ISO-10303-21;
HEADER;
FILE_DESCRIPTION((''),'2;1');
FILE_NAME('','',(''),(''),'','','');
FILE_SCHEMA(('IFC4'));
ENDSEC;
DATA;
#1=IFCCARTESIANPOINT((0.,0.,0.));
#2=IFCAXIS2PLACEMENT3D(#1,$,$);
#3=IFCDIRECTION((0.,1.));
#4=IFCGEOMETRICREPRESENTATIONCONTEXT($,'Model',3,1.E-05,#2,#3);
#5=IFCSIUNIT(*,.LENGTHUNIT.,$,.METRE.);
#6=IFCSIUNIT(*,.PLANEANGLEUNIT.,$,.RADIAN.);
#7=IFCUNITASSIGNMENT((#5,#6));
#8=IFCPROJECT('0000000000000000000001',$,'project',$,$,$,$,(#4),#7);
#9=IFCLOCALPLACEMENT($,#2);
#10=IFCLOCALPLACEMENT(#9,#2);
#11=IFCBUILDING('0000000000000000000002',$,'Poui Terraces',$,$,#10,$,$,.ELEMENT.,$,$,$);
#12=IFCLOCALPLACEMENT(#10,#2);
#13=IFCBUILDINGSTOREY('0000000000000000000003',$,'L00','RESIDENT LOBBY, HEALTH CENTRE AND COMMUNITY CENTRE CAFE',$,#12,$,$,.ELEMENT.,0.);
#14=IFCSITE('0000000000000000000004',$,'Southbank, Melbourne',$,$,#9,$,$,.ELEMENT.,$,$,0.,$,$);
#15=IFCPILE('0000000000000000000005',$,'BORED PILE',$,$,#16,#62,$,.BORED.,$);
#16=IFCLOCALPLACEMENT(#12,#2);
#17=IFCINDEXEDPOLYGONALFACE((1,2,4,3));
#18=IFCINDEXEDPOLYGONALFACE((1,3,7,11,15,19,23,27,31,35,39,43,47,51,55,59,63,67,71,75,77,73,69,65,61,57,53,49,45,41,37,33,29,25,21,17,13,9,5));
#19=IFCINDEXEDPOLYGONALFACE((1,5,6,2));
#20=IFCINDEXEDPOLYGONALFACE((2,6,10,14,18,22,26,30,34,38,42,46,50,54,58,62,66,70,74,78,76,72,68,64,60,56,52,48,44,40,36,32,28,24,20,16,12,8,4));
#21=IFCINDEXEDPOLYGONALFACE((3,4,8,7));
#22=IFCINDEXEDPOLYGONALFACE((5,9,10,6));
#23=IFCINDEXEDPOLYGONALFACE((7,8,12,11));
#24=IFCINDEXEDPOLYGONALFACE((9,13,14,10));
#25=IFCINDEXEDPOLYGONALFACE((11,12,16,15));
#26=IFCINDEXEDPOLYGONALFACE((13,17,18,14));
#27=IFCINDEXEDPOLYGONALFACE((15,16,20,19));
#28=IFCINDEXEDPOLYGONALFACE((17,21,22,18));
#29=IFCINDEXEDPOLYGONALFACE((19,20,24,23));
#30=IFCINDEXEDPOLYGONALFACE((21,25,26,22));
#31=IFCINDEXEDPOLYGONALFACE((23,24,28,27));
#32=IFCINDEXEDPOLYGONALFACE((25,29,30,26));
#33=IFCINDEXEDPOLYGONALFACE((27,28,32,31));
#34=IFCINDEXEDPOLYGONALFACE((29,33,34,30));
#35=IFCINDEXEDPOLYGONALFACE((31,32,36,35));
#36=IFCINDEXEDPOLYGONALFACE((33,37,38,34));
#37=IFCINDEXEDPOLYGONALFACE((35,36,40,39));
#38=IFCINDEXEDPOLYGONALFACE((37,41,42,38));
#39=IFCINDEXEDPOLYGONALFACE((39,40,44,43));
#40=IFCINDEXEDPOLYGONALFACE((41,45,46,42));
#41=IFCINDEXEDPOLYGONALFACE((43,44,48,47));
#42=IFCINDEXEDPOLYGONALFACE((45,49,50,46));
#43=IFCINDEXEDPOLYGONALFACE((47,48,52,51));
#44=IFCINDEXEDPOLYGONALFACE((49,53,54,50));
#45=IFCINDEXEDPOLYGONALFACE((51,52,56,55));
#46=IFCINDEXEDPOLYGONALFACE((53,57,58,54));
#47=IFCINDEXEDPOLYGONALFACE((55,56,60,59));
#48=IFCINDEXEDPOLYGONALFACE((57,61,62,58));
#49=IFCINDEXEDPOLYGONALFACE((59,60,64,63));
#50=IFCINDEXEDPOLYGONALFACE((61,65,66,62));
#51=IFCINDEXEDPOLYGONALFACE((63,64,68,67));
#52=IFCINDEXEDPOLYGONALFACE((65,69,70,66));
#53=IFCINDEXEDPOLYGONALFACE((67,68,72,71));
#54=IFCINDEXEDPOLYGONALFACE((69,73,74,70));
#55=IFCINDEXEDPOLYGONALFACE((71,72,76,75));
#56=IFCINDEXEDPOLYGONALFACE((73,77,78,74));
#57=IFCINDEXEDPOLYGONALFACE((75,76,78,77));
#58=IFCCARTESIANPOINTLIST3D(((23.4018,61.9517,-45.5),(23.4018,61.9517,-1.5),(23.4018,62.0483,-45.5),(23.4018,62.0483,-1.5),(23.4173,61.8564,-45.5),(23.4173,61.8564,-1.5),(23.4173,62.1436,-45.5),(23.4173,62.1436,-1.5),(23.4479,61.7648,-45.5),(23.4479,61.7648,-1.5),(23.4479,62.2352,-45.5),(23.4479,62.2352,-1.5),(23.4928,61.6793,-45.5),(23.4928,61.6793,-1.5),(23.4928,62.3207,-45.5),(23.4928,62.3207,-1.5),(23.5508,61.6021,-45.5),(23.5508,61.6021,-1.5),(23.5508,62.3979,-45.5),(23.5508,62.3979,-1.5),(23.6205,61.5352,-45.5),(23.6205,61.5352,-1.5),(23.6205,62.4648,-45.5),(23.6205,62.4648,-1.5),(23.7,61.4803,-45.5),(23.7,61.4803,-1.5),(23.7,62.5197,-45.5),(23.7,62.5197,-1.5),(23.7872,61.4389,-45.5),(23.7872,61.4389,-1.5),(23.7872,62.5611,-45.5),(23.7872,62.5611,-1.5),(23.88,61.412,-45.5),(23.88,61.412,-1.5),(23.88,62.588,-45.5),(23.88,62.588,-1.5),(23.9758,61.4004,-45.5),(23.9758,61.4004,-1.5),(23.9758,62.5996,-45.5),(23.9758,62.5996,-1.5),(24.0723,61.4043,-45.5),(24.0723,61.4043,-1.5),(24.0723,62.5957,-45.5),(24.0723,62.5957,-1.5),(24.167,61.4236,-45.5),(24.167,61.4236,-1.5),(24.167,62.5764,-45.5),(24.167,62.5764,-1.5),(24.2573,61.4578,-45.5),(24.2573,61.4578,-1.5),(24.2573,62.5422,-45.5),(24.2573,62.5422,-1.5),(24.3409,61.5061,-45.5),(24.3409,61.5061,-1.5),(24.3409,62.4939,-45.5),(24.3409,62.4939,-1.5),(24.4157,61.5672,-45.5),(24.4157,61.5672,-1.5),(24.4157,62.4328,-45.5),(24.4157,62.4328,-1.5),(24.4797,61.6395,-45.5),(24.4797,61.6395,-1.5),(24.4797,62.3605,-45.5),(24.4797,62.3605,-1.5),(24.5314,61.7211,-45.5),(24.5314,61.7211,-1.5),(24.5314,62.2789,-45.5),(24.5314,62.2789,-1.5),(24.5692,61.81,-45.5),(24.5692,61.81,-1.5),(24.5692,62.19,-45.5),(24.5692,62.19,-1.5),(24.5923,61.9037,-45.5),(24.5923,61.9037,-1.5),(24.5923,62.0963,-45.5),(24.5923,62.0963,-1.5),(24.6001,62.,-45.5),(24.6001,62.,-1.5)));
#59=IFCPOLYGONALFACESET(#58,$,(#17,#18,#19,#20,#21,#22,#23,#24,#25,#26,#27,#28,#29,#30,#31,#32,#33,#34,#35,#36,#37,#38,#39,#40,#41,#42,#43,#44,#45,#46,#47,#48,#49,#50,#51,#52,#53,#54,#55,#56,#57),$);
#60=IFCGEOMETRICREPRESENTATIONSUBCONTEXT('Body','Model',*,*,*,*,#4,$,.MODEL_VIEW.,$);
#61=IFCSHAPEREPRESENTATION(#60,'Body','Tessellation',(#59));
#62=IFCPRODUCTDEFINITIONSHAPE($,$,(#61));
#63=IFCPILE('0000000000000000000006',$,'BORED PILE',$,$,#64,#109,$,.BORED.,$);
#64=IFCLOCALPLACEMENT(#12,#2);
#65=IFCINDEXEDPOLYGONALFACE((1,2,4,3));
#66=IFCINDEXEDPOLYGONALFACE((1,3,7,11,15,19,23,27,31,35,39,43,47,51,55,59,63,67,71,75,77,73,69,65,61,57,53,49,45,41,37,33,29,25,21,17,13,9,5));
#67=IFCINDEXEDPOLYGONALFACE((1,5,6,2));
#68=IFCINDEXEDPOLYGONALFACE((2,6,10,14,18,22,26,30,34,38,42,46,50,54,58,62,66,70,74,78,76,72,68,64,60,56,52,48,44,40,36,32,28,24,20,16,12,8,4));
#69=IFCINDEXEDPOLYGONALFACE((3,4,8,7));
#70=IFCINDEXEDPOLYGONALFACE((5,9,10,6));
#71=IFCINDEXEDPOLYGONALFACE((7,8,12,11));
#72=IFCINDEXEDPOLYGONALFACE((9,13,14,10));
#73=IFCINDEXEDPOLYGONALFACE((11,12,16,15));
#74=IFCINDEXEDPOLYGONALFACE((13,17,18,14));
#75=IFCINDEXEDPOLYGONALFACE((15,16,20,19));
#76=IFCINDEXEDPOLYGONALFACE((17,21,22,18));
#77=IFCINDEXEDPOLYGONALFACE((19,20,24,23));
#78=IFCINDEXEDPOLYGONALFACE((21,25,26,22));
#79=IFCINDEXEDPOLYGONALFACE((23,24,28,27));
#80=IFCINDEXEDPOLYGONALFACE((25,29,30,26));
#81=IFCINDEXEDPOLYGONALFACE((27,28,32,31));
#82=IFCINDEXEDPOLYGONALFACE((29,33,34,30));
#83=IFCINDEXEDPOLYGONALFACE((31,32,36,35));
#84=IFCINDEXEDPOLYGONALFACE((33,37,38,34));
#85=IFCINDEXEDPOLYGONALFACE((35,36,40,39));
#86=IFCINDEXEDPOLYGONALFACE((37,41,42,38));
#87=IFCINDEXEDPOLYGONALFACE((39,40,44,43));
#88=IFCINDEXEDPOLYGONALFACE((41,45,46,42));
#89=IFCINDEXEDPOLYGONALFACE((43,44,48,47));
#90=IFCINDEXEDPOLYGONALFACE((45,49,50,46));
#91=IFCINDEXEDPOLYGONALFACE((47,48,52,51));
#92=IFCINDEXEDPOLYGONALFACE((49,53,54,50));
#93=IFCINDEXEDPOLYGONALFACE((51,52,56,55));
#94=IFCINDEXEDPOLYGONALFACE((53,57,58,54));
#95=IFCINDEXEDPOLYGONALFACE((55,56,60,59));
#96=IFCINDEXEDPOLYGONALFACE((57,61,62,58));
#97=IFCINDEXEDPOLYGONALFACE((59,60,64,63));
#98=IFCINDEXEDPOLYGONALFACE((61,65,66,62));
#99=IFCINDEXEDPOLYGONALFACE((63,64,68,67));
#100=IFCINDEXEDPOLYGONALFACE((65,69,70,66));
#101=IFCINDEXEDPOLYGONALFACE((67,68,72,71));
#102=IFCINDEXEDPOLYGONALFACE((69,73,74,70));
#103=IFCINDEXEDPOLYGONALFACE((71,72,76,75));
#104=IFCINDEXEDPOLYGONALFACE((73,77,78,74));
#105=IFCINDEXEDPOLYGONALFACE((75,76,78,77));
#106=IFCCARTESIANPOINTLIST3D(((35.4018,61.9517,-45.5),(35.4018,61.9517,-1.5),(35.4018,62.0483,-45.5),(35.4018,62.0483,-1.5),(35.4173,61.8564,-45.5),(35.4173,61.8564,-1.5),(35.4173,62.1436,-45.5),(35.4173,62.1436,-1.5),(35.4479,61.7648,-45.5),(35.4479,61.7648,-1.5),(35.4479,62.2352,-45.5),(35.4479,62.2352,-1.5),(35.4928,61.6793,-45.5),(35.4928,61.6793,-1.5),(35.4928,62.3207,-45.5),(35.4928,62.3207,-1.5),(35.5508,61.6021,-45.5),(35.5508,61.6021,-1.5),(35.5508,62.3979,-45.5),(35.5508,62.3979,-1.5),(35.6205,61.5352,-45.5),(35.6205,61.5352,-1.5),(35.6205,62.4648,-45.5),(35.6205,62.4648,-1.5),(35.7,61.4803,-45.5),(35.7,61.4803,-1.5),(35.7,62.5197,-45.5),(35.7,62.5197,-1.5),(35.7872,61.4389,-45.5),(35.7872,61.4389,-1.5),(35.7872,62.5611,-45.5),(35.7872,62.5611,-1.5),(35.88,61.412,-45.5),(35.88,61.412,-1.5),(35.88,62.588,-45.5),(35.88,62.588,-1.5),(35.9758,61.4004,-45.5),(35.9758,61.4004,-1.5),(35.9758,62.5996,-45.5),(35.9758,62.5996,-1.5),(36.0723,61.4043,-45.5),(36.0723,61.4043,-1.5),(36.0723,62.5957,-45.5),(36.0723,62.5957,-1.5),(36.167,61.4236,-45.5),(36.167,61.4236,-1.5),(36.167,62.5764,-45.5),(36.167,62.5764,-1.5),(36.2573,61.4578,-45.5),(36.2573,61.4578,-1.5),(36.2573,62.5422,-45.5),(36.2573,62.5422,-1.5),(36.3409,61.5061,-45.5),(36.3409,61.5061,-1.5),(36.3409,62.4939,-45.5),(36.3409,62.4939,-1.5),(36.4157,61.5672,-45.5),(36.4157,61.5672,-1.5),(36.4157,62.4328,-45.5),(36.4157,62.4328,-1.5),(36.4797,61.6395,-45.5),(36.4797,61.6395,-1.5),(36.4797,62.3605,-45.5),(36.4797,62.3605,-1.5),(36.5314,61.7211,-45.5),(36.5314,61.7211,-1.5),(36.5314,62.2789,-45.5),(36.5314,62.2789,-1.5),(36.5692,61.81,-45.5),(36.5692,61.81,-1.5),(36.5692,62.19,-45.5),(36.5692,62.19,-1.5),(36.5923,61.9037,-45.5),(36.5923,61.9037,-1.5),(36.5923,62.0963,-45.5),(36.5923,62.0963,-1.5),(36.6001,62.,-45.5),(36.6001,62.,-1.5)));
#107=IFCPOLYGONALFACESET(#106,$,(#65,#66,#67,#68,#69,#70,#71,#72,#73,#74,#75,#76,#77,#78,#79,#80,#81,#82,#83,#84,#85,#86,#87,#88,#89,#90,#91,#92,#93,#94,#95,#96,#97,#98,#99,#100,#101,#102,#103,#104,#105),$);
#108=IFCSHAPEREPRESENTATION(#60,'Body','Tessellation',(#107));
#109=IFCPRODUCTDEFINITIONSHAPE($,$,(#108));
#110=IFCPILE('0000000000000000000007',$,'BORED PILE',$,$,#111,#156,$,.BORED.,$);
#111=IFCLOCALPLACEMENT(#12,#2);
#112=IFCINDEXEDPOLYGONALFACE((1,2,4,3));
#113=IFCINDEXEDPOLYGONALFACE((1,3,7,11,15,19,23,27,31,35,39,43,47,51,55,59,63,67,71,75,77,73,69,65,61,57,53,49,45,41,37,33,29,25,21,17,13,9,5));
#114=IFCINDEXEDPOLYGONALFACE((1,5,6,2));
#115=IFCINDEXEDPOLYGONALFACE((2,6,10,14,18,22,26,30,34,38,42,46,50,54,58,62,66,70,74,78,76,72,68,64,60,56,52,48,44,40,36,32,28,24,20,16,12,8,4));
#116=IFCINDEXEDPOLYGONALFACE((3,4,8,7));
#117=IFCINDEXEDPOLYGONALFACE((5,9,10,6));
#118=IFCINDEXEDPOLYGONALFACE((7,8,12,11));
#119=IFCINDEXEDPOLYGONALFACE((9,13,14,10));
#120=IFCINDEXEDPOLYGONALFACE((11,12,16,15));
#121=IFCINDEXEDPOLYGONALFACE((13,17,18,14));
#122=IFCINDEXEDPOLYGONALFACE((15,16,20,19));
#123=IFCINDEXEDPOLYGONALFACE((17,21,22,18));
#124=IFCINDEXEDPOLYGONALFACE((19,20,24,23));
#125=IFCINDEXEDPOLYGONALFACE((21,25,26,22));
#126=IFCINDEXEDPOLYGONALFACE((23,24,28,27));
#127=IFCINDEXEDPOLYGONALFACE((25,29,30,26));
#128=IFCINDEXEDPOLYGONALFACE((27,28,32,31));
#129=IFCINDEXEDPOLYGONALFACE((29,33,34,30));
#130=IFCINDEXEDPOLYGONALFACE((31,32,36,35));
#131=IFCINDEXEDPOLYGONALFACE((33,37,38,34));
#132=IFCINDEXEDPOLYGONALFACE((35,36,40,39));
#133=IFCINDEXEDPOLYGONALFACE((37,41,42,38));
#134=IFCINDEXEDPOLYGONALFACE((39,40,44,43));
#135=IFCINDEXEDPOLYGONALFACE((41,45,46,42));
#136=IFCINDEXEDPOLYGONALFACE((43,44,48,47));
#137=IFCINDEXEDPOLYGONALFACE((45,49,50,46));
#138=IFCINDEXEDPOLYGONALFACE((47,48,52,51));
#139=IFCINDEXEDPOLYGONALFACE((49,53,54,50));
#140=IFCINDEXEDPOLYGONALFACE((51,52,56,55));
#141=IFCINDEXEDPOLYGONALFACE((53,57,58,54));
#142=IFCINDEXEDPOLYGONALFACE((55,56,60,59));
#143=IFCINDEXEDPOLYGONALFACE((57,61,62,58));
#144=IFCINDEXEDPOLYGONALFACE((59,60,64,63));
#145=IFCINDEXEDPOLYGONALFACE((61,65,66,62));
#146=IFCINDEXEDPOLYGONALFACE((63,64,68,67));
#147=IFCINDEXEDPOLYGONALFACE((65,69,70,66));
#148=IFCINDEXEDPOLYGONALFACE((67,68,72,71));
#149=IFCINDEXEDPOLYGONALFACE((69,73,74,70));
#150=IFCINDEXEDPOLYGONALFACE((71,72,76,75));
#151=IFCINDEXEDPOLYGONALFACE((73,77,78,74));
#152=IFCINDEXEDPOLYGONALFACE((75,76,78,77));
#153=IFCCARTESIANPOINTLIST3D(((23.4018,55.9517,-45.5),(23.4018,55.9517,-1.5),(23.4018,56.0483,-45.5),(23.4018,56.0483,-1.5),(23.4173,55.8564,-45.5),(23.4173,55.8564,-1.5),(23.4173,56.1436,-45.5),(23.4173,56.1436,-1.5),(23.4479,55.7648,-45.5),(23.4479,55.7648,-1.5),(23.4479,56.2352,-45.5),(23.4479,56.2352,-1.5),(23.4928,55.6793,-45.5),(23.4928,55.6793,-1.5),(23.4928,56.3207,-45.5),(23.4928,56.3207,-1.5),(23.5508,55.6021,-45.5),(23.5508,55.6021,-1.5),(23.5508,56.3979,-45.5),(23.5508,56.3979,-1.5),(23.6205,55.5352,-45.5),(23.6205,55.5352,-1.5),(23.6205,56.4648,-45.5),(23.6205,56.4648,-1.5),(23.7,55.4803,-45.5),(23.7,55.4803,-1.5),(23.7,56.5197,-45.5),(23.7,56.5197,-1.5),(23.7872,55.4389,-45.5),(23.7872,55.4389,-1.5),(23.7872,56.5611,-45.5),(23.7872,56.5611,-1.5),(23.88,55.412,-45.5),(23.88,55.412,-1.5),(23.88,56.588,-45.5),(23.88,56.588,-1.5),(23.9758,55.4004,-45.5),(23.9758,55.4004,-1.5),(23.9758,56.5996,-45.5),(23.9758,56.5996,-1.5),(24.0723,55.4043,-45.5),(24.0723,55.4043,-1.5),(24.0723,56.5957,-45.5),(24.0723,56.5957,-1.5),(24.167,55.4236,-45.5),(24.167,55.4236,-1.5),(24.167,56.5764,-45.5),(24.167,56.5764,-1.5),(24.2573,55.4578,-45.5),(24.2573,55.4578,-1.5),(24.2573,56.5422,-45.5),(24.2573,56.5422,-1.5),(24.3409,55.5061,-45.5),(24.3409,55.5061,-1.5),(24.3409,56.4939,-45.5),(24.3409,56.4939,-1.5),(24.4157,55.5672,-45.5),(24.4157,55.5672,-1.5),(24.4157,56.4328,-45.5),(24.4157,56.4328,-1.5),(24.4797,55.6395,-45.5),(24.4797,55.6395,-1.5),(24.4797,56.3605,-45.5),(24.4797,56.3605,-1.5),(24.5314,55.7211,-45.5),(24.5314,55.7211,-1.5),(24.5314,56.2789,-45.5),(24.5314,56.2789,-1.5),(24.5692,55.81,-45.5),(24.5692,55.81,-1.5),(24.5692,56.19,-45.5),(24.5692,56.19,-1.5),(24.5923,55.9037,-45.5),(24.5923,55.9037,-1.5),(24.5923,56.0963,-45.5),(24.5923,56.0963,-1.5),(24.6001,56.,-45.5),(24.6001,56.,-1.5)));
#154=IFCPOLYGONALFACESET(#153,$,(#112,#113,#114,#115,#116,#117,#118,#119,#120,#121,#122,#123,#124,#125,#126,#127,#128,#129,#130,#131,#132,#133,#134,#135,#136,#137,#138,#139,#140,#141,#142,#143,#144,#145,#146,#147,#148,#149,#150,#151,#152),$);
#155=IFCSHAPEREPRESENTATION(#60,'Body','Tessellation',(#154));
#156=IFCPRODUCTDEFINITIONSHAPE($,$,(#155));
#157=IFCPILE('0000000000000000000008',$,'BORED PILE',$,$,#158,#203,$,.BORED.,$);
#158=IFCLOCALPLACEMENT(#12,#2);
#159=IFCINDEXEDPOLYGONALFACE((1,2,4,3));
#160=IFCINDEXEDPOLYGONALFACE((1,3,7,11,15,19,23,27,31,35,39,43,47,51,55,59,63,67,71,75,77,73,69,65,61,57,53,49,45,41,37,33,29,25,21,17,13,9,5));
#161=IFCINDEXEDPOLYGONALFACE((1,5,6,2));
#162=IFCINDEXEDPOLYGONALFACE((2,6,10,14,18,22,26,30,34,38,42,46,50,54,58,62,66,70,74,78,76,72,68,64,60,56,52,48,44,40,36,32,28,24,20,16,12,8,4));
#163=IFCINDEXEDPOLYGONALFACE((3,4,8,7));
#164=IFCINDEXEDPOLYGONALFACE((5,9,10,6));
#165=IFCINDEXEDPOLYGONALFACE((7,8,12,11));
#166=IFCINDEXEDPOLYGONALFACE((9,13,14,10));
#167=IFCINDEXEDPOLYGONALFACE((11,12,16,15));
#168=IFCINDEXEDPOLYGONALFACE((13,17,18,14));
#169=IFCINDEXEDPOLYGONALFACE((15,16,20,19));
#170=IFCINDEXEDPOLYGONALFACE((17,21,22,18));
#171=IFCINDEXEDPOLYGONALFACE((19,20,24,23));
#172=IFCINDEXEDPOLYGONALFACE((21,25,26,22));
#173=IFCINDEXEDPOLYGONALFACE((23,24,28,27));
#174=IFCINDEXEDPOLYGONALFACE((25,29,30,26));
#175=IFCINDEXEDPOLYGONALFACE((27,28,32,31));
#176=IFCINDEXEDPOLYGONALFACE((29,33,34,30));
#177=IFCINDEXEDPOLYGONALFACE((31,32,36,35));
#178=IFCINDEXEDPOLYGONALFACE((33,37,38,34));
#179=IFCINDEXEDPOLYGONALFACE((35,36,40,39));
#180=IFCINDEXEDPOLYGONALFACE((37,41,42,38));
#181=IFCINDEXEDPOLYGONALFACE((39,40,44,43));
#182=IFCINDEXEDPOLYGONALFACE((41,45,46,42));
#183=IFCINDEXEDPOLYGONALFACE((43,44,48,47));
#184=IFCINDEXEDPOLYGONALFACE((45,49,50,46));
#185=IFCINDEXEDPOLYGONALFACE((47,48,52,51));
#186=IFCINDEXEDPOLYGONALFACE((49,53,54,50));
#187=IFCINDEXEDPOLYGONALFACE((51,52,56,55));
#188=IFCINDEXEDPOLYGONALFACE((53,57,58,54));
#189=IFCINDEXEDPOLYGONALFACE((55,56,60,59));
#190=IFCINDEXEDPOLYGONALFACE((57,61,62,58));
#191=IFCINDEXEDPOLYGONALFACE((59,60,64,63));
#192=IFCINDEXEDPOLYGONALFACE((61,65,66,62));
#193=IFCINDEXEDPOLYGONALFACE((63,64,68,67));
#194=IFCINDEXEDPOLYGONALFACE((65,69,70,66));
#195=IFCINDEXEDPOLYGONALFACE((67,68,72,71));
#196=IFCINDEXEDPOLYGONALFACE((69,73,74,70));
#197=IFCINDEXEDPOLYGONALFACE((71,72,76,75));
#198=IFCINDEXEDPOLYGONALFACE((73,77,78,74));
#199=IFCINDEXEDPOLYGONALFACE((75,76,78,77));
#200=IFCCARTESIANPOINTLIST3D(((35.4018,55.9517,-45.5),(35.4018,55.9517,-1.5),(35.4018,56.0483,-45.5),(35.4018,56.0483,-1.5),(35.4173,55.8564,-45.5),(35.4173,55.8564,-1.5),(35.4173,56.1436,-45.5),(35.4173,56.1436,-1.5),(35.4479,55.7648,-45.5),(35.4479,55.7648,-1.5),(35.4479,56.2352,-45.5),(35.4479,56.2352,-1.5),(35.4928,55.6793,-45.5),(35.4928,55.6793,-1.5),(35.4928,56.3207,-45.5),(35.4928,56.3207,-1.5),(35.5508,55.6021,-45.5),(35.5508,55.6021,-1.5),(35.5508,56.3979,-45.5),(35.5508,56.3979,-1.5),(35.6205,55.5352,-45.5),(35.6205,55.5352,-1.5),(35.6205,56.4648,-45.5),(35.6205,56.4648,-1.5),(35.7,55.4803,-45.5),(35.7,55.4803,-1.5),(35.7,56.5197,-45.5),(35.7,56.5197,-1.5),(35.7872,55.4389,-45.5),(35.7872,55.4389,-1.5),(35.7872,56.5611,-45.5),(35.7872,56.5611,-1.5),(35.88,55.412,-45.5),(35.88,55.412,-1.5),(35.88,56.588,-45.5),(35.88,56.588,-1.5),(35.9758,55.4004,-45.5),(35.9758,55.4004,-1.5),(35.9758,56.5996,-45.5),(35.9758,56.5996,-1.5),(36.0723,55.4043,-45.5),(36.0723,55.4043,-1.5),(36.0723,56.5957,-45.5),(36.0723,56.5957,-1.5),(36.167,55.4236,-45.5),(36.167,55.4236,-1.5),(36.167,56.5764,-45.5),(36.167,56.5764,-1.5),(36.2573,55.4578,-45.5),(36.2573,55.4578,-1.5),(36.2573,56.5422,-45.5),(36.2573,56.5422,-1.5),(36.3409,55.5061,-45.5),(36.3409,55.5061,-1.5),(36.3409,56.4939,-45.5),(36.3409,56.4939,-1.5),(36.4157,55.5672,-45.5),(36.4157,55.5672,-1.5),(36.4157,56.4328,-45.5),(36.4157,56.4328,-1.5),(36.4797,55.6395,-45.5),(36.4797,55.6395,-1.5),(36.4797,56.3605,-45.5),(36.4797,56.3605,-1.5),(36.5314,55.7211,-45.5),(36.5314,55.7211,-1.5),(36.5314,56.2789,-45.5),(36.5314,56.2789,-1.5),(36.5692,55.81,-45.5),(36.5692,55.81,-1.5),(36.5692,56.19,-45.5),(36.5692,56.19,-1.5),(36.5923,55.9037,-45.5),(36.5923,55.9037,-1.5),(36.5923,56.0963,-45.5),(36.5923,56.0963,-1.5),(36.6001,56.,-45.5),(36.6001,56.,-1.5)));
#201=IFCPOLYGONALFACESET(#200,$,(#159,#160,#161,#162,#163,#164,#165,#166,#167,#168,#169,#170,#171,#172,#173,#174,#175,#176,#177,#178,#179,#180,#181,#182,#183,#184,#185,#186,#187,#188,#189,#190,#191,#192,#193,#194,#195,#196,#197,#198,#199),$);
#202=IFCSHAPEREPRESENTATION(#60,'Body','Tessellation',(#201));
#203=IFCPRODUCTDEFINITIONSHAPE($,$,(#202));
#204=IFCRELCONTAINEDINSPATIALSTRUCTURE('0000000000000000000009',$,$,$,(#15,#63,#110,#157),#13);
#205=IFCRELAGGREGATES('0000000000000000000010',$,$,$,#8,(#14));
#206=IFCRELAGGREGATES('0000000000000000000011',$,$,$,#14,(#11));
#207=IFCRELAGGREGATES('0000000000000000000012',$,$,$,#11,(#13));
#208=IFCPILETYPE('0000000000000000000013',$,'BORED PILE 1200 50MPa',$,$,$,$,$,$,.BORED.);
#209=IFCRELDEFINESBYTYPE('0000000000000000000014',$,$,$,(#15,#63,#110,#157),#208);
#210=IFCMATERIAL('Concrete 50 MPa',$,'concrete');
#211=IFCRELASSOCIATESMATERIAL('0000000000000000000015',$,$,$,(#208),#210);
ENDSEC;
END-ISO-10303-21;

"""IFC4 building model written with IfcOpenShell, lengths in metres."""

from ifc_helpers import new_model, si_unit, direction, frame, origin, origin_2d, place, context, subcontext, project, spatial, circle, extrude, material, material_profile, profile_set, type_object, element, save


model = new_model("IFC4")

# Units and contexts
model_context = context("Model", 3, precision=1e-05, world=origin(), true_north=direction((0.0, 1.0)))
body_context = subcontext(model_context, "Body", "Model", "MODEL_VIEW")
ifc_project = project(units=[si_unit("LENGTHUNIT", "METRE"), si_unit("PLANEANGLEUNIT", "RADIAN")], contexts=[model_context])

# Site, building, storey
site_placement = place(None, origin())
site = spatial("IfcSite", under=ifc_project, at=site_placement, Name="Southbank, Melbourne", CompositionType="ELEMENT", RefElevation=0.0)
building_placement = place(site_placement, origin())
building = spatial("IfcBuilding", under=site, at=building_placement, Name="Poui Terraces", CompositionType="ELEMENT")
storey_placement = place(building_placement, origin())
storey = spatial("IfcBuildingStorey", under=building, at=storey_placement, Name="L00", Description="RESIDENT LOBBY, HEALTH CENTRE AND COMMUNITY CENTRE CAFE", CompositionType="ELEMENT", Elevation=0.0)

# Piles
ifc_material_1 = material(Name="Concrete 50 MPa", Category="concrete")
ifc_material_profile_1 = material_profile(ifc_material_1, circle(Radius=0.6001, at=origin_2d()), Name="RC D1200")
ifc_profile_set_1 = profile_set([ifc_material_profile_1], Name="Concrete 50 MPa")
pile_type = type_object("IfcPileType", Name="BORED PILE 1200 50MPa", PredefinedType="BORED", material=ifc_profile_set_1)
for number, where, z_axis, x_axis, name in (
    (1, (24.0, 62.0, -1.5), (0.0, 0.0, -1.0), (1.0, 0.0, 0.0), "BORED PILE"),
    (2, (36.0, 62.0, -1.5), (0.0, 0.0, -1.0), (1.0, 0.0, 0.0), "BORED PILE"),
    (3, (24.0, 56.0, -1.5), (0.0, 0.0, -1.0), (1.0, 0.0, 0.0), "BORED PILE"),
    (4, (36.0, 56.0, -1.5), (0.0, 0.0, -1.0), (1.0, 0.0, 0.0), "BORED PILE"),
):
    element("IfcPile", number, at=place(storey_placement, frame(where, z_axis=z_axis, x_axis=x_axis)), inside=storey, type_object=pile_type, Name=name, PredefinedType="BORED", context=body_context, shape_type="SweptSolid", body=[
        extrude(circle(Radius=0.6001, at=origin_2d()), origin(), (0.0, 0.0, 1.0), 44.0),
    ])

save(model, "model.ifc")
